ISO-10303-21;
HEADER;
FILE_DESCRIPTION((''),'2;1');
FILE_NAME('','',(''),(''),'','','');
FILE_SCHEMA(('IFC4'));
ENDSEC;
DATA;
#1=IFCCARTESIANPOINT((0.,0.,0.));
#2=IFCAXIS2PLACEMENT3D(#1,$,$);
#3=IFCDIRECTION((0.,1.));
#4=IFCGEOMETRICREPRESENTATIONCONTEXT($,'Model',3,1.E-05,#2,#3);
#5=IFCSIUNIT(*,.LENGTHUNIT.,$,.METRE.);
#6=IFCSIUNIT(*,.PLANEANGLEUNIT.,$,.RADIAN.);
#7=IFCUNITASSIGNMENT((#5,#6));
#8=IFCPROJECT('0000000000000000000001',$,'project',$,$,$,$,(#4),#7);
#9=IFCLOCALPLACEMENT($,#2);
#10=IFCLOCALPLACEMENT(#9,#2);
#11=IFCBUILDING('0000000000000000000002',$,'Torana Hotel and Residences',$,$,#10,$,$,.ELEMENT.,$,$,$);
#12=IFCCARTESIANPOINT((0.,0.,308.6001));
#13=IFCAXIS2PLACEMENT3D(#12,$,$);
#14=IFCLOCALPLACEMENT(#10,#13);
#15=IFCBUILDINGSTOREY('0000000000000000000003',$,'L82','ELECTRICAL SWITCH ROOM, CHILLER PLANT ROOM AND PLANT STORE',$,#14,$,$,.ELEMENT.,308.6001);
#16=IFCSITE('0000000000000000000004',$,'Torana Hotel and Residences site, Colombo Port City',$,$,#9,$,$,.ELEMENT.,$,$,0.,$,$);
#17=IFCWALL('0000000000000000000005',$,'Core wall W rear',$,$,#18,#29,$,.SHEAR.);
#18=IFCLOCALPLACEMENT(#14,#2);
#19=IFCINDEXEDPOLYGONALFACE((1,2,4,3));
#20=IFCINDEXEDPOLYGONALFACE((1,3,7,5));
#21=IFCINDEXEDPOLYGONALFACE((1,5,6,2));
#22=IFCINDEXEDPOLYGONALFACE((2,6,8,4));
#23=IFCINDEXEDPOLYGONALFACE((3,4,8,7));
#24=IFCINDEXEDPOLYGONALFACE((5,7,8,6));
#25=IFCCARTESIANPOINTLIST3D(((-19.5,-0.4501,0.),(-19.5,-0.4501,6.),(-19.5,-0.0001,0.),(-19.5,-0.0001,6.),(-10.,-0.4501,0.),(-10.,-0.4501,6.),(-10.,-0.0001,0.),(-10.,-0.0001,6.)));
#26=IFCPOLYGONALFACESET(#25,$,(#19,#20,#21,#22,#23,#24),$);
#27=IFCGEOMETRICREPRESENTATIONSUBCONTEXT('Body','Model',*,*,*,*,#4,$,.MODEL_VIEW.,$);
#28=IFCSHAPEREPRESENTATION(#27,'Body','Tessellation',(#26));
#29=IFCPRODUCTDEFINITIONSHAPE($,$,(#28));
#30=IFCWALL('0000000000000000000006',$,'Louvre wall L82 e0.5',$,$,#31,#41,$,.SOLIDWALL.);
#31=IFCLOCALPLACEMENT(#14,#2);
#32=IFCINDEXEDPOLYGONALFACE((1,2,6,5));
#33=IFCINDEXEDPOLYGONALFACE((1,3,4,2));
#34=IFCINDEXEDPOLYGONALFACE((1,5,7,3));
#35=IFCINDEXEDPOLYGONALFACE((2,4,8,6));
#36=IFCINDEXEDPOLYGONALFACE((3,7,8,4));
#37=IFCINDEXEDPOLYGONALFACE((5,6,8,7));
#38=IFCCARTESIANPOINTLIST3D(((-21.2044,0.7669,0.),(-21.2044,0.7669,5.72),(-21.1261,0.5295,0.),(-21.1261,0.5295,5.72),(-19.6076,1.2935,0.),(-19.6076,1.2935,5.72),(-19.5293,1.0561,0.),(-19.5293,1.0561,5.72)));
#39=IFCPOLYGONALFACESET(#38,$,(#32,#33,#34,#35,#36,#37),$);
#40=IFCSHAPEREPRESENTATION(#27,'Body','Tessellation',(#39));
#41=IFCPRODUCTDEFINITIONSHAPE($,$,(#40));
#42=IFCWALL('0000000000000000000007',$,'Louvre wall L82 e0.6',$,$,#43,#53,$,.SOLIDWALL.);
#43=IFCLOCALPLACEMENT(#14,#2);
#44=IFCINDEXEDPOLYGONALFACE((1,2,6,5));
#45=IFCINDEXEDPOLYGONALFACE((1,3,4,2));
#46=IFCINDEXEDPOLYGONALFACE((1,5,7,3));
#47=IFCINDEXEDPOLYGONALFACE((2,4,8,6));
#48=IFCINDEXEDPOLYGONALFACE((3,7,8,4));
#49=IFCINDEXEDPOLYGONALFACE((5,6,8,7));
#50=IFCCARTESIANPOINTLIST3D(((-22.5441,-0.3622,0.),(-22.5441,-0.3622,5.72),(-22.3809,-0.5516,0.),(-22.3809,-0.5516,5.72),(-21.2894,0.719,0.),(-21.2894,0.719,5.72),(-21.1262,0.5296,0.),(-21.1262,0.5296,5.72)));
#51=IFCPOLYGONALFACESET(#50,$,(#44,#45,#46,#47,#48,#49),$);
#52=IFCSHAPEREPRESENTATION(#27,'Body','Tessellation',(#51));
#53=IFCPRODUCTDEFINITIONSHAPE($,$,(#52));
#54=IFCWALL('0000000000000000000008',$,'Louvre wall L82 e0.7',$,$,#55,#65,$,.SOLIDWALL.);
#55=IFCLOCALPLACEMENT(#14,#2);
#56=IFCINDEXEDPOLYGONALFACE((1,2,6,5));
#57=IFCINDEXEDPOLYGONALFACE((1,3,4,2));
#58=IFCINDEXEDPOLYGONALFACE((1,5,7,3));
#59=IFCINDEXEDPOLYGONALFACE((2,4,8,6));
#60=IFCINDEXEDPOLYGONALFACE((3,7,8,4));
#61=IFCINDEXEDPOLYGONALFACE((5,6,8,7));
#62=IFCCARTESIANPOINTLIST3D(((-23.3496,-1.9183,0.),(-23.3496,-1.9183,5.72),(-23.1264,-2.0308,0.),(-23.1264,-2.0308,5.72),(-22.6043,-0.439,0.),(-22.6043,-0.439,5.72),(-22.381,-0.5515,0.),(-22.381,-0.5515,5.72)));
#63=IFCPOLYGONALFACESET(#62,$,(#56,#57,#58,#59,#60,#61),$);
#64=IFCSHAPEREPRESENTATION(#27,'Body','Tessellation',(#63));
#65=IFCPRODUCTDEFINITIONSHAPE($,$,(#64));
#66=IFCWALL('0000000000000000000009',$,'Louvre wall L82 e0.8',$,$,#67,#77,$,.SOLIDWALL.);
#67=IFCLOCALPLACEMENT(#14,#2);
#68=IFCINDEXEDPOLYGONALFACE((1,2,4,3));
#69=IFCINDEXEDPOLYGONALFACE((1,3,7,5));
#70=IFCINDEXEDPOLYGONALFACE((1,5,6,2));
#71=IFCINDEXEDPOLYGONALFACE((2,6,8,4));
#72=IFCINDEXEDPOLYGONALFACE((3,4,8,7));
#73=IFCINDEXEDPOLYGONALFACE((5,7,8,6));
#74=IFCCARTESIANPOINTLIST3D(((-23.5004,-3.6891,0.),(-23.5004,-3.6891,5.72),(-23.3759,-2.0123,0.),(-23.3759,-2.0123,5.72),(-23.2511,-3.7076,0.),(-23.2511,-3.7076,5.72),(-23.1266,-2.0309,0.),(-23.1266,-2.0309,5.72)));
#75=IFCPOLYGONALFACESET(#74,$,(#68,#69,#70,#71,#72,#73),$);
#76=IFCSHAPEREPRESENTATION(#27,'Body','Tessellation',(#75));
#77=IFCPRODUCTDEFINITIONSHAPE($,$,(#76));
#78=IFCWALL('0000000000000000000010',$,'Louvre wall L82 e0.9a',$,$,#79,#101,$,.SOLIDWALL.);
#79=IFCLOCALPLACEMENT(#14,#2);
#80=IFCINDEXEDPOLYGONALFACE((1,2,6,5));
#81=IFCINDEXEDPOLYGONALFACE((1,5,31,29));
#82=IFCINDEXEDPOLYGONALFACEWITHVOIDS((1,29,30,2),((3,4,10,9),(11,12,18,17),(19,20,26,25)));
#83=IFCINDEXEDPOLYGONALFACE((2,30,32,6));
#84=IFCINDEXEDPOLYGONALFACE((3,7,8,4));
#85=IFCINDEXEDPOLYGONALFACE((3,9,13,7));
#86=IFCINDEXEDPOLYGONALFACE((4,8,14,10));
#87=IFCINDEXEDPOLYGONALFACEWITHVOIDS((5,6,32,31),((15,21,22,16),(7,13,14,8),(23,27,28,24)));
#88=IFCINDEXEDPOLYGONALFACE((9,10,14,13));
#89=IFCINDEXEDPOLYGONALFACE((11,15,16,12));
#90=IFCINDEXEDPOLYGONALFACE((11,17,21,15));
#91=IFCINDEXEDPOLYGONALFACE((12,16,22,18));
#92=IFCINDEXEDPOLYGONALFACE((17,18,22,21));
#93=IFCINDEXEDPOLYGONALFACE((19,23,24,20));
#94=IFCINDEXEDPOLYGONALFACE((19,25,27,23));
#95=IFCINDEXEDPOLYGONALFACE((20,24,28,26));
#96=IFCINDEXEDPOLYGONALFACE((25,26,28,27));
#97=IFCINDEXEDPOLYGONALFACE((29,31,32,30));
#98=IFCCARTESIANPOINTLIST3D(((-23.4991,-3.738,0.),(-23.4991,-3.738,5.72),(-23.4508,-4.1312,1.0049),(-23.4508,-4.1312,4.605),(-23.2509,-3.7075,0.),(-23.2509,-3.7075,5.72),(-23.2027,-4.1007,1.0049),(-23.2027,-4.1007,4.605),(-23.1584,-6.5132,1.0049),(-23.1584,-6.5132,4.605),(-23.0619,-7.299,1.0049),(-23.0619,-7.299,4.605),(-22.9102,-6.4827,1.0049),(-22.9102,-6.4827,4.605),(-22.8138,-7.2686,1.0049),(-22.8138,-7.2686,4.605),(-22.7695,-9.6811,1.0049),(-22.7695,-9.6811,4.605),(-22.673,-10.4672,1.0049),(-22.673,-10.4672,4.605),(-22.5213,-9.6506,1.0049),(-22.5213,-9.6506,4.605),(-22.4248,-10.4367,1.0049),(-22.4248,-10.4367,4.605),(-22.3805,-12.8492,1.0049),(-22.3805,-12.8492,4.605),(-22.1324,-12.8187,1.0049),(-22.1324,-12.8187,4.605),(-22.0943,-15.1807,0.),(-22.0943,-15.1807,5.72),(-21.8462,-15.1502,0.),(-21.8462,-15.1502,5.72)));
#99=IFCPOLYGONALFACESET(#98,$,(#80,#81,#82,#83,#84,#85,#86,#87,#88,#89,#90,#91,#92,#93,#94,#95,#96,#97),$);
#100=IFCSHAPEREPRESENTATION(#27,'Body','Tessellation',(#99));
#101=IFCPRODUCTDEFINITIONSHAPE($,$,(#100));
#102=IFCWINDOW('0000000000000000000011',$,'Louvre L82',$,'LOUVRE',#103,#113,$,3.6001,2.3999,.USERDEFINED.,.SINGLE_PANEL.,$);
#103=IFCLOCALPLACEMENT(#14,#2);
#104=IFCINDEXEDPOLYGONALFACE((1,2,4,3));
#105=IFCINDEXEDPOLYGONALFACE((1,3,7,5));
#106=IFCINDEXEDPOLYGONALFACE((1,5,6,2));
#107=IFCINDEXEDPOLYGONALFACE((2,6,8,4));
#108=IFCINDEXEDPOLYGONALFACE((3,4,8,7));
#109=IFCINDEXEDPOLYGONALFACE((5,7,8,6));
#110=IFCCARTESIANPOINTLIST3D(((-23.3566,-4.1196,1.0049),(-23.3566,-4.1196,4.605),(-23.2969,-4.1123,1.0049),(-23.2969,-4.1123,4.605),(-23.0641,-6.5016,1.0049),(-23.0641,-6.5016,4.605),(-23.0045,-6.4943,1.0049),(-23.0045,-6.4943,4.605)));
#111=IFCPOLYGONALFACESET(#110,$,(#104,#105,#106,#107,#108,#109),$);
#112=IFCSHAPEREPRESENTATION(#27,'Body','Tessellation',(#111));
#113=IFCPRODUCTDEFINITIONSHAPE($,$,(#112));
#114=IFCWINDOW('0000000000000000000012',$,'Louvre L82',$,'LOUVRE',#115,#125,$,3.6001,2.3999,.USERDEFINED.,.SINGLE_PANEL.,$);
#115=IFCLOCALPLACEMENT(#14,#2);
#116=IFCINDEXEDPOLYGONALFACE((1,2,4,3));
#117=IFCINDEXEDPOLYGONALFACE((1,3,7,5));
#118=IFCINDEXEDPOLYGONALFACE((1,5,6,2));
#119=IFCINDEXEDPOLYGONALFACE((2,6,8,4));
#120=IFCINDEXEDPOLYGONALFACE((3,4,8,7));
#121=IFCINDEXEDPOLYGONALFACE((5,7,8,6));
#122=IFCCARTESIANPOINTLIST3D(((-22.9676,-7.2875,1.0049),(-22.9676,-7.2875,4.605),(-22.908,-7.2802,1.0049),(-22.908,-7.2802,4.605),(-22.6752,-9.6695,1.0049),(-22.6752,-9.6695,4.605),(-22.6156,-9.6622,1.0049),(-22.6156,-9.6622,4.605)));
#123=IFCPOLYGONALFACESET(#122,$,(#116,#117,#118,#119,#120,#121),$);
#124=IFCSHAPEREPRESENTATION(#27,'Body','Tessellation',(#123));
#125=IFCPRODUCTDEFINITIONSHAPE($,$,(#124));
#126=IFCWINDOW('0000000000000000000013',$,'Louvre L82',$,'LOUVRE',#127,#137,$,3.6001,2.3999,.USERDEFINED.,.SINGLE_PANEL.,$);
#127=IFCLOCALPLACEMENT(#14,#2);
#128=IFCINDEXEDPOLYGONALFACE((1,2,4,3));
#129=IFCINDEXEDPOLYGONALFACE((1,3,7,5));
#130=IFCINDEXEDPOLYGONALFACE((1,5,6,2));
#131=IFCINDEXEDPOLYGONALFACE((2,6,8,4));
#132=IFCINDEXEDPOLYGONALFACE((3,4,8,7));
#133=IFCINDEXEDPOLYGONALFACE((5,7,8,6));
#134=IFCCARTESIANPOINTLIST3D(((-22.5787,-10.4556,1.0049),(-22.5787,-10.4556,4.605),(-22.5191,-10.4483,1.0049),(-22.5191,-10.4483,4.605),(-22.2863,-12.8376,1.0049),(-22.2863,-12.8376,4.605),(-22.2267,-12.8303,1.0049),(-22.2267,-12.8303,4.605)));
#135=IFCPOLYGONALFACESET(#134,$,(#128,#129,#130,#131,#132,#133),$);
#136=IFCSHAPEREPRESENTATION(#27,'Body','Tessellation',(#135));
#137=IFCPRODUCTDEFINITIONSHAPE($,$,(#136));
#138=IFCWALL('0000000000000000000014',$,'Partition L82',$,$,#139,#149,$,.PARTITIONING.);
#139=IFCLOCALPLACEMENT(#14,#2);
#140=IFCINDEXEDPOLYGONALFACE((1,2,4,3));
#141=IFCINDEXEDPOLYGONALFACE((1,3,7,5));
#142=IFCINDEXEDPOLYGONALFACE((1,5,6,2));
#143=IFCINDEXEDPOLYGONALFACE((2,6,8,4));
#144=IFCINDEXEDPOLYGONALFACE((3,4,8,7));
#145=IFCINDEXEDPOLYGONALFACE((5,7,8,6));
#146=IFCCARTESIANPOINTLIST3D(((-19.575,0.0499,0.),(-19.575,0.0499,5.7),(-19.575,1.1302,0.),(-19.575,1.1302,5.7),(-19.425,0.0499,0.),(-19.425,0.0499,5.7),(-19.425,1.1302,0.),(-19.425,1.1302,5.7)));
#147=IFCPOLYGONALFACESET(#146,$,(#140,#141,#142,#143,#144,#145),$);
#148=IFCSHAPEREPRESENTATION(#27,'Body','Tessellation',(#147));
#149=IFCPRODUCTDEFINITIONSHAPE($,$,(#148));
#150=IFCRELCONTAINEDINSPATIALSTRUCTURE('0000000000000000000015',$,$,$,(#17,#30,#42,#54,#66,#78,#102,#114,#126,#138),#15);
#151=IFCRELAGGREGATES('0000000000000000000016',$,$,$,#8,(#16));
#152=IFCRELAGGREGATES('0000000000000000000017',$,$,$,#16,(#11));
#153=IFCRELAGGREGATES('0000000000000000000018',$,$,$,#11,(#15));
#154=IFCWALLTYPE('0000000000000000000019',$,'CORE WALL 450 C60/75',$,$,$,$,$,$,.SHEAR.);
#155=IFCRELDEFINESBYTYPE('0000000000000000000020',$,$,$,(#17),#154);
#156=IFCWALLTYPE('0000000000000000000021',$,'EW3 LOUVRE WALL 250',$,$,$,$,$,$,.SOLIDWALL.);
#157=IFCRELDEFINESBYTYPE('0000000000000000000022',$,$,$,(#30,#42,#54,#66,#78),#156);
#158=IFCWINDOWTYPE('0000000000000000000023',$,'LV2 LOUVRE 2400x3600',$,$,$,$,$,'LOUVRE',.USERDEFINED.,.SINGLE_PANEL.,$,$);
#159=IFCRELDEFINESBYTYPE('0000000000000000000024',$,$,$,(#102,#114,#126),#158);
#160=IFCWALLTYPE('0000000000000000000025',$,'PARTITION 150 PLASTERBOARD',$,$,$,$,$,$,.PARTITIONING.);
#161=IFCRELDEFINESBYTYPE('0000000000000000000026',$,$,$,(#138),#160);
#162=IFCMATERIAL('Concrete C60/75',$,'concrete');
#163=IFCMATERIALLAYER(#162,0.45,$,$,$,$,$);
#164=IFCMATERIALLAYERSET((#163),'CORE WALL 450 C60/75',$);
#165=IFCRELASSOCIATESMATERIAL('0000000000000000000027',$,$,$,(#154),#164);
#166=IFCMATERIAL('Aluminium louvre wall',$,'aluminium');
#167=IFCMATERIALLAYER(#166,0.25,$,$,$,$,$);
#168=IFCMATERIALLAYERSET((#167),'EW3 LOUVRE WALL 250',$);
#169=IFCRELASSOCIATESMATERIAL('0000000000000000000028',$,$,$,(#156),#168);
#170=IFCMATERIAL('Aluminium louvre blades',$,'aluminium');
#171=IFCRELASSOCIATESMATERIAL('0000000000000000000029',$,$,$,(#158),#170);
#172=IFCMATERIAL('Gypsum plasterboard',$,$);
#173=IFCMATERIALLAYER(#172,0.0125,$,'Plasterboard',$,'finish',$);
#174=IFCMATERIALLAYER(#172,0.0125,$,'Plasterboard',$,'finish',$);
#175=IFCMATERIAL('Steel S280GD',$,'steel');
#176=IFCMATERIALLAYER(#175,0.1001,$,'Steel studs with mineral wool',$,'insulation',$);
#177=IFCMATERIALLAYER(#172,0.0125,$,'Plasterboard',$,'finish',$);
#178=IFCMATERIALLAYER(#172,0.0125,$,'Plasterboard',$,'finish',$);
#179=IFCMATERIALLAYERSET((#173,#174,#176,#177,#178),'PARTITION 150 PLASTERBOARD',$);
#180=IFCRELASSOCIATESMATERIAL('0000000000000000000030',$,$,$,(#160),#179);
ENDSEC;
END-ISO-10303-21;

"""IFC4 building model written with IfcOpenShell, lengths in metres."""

from ifc_helpers import new_model, si_unit, direction, frame, frame_2d, origin, place, context, subcontext, project, spatial, rectangle, extrude, material, layer, layer_set, type_object, element, fill, save


model = new_model("IFC4")

# Units and contexts
model_context = context("Model", 3, precision=1e-05, world=origin(), true_north=direction((0.0, 1.0)))
body_context = subcontext(model_context, "Body", "Model", "MODEL_VIEW")
ifc_project = project(units=[si_unit("LENGTHUNIT", "METRE"), si_unit("PLANEANGLEUNIT", "RADIAN")], contexts=[model_context])

# Site, building, storey
site_placement = place(None, origin())
site = spatial("IfcSite", under=ifc_project, at=site_placement, Name="Torana Hotel and Residences site, Colombo Port City", CompositionType="ELEMENT", RefElevation=0.0)
building_placement = place(site_placement, origin())
building = spatial("IfcBuilding", under=site, at=building_placement, Name="Torana Hotel and Residences", CompositionType="ELEMENT")
storey_placement = place(building_placement, frame((0.0, 0.0, 308.6001)))
storey = spatial("IfcBuildingStorey", under=building, at=storey_placement, Name="L82", Description="ELECTRICAL SWITCH ROOM, CHILLER PLANT ROOM AND PLANT STORE", CompositionType="ELEMENT", Elevation=308.6001)

# Walls
ifc_material_1 = material(Name="Concrete C60/75", Category="concrete")
ifc_layer_1 = layer(ifc_material_1, 0.45)
ifc_layer_set_1 = layer_set([ifc_layer_1], Name="CORE WALL 450 C60/75")
wall_type_1 = type_object("IfcWallType", Name="CORE WALL 450 C60/75", PredefinedType="SHEAR", material=ifc_layer_set_1)
wall_1_placement = place(storey_placement, frame((-19.5, -0.2251, 0.0), z_axis=(0.0, 0.0, 1.0), x_axis=(1.0, 0.0, 0.0)))
element("IfcWall", 1, at=wall_1_placement, inside=storey, type_object=wall_type_1, Name="Core wall W rear", PredefinedType="SHEAR", context=body_context, shape_type="SweptSolid", body=[
    extrude(rectangle(XDim=9.5, YDim=0.45, at=frame_2d((4.75, 0.0))), origin(), (0.0, 0.0, 1.0), 6.0),
])
ifc_material_2 = material(Name="Aluminium louvre wall", Category="aluminium")
ifc_layer_2 = layer(ifc_material_2, 0.25)
ifc_layer_set_2 = layer_set([ifc_layer_2], Name="EW3 LOUVRE WALL 250")
wall_type_2 = type_object("IfcWallType", Name="EW3 LOUVRE WALL 250", PredefinedType="SOLIDWALL", material=ifc_layer_set_2)
wall_2_placement = place(storey_placement, frame((-19.5684, 1.1748, 0.0), z_axis=(0.0, 0.0, 1.0), x_axis=(-0.949695, -0.313177, 0.0)))
element("IfcWall", 2, at=wall_2_placement, inside=storey, type_object=wall_type_2, Name="Louvre wall L82 e0.5", PredefinedType="SOLIDWALL", context=body_context, shape_type="SweptSolid", body=[
    extrude(rectangle(XDim=1.6814, YDim=0.25, at=frame_2d((0.8408, 0.0))), origin(), (0.0, 0.0, 1.0), 5.72),
])
wall_3_placement = place(storey_placement, frame((-21.2078, 0.6243, 0.0), z_axis=(0.0, 0.0, 1.0), x_axis=(-0.757568, -0.652756, 0.0)))
element("IfcWall", 3, at=wall_3_placement, inside=storey, type_object=wall_type_2, Name="Louvre wall L82 e0.6", PredefinedType="SOLIDWALL", context=body_context, shape_type="SweptSolid", body=[
    extrude(rectangle(XDim=1.6562, YDim=0.25, at=frame_2d((0.8281, 0.0))), origin(), (0.0, 0.0, 1.0), 5.72),
])
wall_4_placement = place(storey_placement, frame((-22.4927, -0.4954, 0.0), z_axis=(0.0, 0.0, 1.0), x_axis=(-0.449982, -0.893037, 0.0)))
element("IfcWall", 4, at=wall_4_placement, inside=storey, type_object=wall_type_2, Name="Louvre wall L82 e0.7", PredefinedType="SOLIDWALL", context=body_context, shape_type="SweptSolid", body=[
    extrude(rectangle(XDim=1.6565, YDim=0.25, at=frame_2d((0.8281, 0.0))), origin(), (0.0, 0.0, 1.0), 5.72),
])
wall_5_placement = place(storey_placement, frame((-23.2512, -2.0215, 0.0), z_axis=(0.0, 0.0, 1.0), x_axis=(-0.074054, -0.997254, 0.0)))
element("IfcWall", 5, at=wall_5_placement, inside=storey, type_object=wall_type_2, Name="Louvre wall L82 e0.8", PredefinedType="SOLIDWALL", context=body_context, shape_type="SweptSolid", body=[
    extrude(rectangle(XDim=1.6814, YDim=0.25, at=frame_2d((0.8408, 0.0))), origin(), (0.0, 0.0, 1.0), 5.72),
])

# Wall, openings, windows
wall_6_placement = place(storey_placement, frame((-23.375, -3.7229, 0.0), z_axis=(0.0, 0.0, 1.0), x_axis=(0.121853, -0.992548, 0.0)))
wall_6 = element("IfcWall", 6, at=wall_6_placement, inside=storey, type_object=wall_type_2, Name="Louvre wall L82 e0.9a", PredefinedType="SOLIDWALL", context=body_context, shape_type="SweptSolid", body=[
    extrude(rectangle(XDim=11.5286, YDim=0.25, at=frame_2d((5.7642, 0.0))), origin(), (0.0, 0.0, 1.0), 5.72),
])
opening_1_placement = place(wall_6_placement, frame((0.396, 0.0, 1.0049)))
opening_1 = element("IfcOpeningElement", 7, at=opening_1_placement, cuts=wall_6, PredefinedType="OPENING", context=body_context, shape_type="SweptSolid", body=[
    extrude(rectangle(XDim=2.3999, YDim=3.6001, at=frame_2d((1.2, 1.8))), frame((0.0, 0.135, 0.0), z_axis=(0.0, -1.0, 0.0), x_axis=(1.0, 0.0, 0.0)), (0.0, 0.0, 1.0), 0.27),
])
opening_2_placement = place(wall_6_placement, frame((3.5876, 0.0, 1.0049)))
opening_2 = element("IfcOpeningElement", 8, at=opening_2_placement, cuts=wall_6, PredefinedType="OPENING", context=body_context, shape_type="SweptSolid", body=[
    extrude(rectangle(XDim=2.3999, YDim=3.6001, at=frame_2d((1.2, 1.8))), frame((0.0, 0.135, 0.0), z_axis=(0.0, -1.0, 0.0), x_axis=(1.0, 0.0, 0.0)), (0.0, 0.0, 1.0), 0.27),
])
opening_3_placement = place(wall_6_placement, frame((6.7795, 0.0, 1.0049)))
opening_3 = element("IfcOpeningElement", 9, at=opening_3_placement, cuts=wall_6, PredefinedType="OPENING", context=body_context, shape_type="SweptSolid", body=[
    extrude(rectangle(XDim=2.3999, YDim=3.6001, at=frame_2d((1.2, 1.8))), frame((0.0, 0.135, 0.0), z_axis=(0.0, -1.0, 0.0), x_axis=(1.0, 0.0, 0.0)), (0.0, 0.0, 1.0), 0.27),
])
ifc_material_3 = material(Name="Aluminium louvre blades", Category="aluminium")
window_type = type_object("IfcWindowType", Name="LV2 LOUVRE 2400x3600", ElementType="LOUVRE", PartitioningType="SINGLE_PANEL", PredefinedType="USERDEFINED", material=ifc_material_3)
window_1_placement = place(opening_1_placement, origin())
window_1 = element("IfcWindow", 10, at=window_1_placement, inside=storey, type_object=window_type, Name="Louvre L82", ObjectType="LOUVRE", OverallHeight=3.6001, OverallWidth=2.3999, PartitioningType="SINGLE_PANEL", PredefinedType="USERDEFINED", context=body_context, shape_type="SweptSolid", body=[
    extrude(rectangle(XDim=2.3999, YDim=3.6001, at=frame_2d((1.2, 1.8))), frame((0.0, 0.03, 0.0), z_axis=(0.0, -1.0, 0.0), x_axis=(1.0, 0.0, 0.0)), (0.0, 0.0, 1.0), 0.0601),
])
fill(opening_1, window_1)
window_2_placement = place(opening_2_placement, origin())
window_2 = element("IfcWindow", 11, at=window_2_placement, inside=storey, type_object=window_type, Name="Louvre L82", ObjectType="LOUVRE", OverallHeight=3.6001, OverallWidth=2.3999, PartitioningType="SINGLE_PANEL", PredefinedType="USERDEFINED", context=body_context, shape_type="SweptSolid", body=[
    extrude(rectangle(XDim=2.3999, YDim=3.6001, at=frame_2d((1.2, 1.8))), frame((0.0, 0.03, 0.0), z_axis=(0.0, -1.0, 0.0), x_axis=(1.0, 0.0, 0.0)), (0.0, 0.0, 1.0), 0.0601),
])
fill(opening_2, window_2)
window_3_placement = place(opening_3_placement, origin())
window_3 = element("IfcWindow", 12, at=window_3_placement, inside=storey, type_object=window_type, Name="Louvre L82", ObjectType="LOUVRE", OverallHeight=3.6001, OverallWidth=2.3999, PartitioningType="SINGLE_PANEL", PredefinedType="USERDEFINED", context=body_context, shape_type="SweptSolid", body=[
    extrude(rectangle(XDim=2.3999, YDim=3.6001, at=frame_2d((1.2, 1.8))), frame((0.0, 0.03, 0.0), z_axis=(0.0, -1.0, 0.0), x_axis=(1.0, 0.0, 0.0)), (0.0, 0.0, 1.0), 0.0601),
])
fill(opening_3, window_3)

# Wall
ifc_material_4 = material(Name="Gypsum plasterboard")
ifc_layer_3 = layer(ifc_material_4, 0.0125, Name="Plasterboard", Category="finish")
ifc_layer_4 = layer(ifc_material_4, 0.0125, Name="Plasterboard", Category="finish")
ifc_material_5 = material(Name="Steel S280GD", Category="steel")
ifc_layer_5 = layer(ifc_material_5, 0.1001, Name="Steel studs with mineral wool", Category="insulation")
ifc_layer_6 = layer(ifc_material_4, 0.0125, Name="Plasterboard", Category="finish")
ifc_layer_7 = layer(ifc_material_4, 0.0125, Name="Plasterboard", Category="finish")
ifc_layer_set_3 = layer_set([ifc_layer_3, ifc_layer_4, ifc_layer_5, ifc_layer_6, ifc_layer_7], Name="PARTITION 150 PLASTERBOARD")
wall_type_3 = type_object("IfcWallType", Name="PARTITION 150 PLASTERBOARD", PredefinedType="PARTITIONING", material=ifc_layer_set_3)
wall_7_placement = place(storey_placement, frame((-19.5, 0.05, 0.0), z_axis=(0.0, 0.0, 1.0), x_axis=(0.0, 1.0, 0.0)))
element("IfcWall", 13, at=wall_7_placement, inside=storey, type_object=wall_type_3, Name="Partition L82", PredefinedType="PARTITIONING", context=body_context, shape_type="SweptSolid", body=[
    extrude(rectangle(XDim=1.0803, YDim=0.1499, at=frame_2d((0.54, 0.0))), origin(), (0.0, 0.0, 1.0), 5.7),
])

save(model, "model.ifc")
